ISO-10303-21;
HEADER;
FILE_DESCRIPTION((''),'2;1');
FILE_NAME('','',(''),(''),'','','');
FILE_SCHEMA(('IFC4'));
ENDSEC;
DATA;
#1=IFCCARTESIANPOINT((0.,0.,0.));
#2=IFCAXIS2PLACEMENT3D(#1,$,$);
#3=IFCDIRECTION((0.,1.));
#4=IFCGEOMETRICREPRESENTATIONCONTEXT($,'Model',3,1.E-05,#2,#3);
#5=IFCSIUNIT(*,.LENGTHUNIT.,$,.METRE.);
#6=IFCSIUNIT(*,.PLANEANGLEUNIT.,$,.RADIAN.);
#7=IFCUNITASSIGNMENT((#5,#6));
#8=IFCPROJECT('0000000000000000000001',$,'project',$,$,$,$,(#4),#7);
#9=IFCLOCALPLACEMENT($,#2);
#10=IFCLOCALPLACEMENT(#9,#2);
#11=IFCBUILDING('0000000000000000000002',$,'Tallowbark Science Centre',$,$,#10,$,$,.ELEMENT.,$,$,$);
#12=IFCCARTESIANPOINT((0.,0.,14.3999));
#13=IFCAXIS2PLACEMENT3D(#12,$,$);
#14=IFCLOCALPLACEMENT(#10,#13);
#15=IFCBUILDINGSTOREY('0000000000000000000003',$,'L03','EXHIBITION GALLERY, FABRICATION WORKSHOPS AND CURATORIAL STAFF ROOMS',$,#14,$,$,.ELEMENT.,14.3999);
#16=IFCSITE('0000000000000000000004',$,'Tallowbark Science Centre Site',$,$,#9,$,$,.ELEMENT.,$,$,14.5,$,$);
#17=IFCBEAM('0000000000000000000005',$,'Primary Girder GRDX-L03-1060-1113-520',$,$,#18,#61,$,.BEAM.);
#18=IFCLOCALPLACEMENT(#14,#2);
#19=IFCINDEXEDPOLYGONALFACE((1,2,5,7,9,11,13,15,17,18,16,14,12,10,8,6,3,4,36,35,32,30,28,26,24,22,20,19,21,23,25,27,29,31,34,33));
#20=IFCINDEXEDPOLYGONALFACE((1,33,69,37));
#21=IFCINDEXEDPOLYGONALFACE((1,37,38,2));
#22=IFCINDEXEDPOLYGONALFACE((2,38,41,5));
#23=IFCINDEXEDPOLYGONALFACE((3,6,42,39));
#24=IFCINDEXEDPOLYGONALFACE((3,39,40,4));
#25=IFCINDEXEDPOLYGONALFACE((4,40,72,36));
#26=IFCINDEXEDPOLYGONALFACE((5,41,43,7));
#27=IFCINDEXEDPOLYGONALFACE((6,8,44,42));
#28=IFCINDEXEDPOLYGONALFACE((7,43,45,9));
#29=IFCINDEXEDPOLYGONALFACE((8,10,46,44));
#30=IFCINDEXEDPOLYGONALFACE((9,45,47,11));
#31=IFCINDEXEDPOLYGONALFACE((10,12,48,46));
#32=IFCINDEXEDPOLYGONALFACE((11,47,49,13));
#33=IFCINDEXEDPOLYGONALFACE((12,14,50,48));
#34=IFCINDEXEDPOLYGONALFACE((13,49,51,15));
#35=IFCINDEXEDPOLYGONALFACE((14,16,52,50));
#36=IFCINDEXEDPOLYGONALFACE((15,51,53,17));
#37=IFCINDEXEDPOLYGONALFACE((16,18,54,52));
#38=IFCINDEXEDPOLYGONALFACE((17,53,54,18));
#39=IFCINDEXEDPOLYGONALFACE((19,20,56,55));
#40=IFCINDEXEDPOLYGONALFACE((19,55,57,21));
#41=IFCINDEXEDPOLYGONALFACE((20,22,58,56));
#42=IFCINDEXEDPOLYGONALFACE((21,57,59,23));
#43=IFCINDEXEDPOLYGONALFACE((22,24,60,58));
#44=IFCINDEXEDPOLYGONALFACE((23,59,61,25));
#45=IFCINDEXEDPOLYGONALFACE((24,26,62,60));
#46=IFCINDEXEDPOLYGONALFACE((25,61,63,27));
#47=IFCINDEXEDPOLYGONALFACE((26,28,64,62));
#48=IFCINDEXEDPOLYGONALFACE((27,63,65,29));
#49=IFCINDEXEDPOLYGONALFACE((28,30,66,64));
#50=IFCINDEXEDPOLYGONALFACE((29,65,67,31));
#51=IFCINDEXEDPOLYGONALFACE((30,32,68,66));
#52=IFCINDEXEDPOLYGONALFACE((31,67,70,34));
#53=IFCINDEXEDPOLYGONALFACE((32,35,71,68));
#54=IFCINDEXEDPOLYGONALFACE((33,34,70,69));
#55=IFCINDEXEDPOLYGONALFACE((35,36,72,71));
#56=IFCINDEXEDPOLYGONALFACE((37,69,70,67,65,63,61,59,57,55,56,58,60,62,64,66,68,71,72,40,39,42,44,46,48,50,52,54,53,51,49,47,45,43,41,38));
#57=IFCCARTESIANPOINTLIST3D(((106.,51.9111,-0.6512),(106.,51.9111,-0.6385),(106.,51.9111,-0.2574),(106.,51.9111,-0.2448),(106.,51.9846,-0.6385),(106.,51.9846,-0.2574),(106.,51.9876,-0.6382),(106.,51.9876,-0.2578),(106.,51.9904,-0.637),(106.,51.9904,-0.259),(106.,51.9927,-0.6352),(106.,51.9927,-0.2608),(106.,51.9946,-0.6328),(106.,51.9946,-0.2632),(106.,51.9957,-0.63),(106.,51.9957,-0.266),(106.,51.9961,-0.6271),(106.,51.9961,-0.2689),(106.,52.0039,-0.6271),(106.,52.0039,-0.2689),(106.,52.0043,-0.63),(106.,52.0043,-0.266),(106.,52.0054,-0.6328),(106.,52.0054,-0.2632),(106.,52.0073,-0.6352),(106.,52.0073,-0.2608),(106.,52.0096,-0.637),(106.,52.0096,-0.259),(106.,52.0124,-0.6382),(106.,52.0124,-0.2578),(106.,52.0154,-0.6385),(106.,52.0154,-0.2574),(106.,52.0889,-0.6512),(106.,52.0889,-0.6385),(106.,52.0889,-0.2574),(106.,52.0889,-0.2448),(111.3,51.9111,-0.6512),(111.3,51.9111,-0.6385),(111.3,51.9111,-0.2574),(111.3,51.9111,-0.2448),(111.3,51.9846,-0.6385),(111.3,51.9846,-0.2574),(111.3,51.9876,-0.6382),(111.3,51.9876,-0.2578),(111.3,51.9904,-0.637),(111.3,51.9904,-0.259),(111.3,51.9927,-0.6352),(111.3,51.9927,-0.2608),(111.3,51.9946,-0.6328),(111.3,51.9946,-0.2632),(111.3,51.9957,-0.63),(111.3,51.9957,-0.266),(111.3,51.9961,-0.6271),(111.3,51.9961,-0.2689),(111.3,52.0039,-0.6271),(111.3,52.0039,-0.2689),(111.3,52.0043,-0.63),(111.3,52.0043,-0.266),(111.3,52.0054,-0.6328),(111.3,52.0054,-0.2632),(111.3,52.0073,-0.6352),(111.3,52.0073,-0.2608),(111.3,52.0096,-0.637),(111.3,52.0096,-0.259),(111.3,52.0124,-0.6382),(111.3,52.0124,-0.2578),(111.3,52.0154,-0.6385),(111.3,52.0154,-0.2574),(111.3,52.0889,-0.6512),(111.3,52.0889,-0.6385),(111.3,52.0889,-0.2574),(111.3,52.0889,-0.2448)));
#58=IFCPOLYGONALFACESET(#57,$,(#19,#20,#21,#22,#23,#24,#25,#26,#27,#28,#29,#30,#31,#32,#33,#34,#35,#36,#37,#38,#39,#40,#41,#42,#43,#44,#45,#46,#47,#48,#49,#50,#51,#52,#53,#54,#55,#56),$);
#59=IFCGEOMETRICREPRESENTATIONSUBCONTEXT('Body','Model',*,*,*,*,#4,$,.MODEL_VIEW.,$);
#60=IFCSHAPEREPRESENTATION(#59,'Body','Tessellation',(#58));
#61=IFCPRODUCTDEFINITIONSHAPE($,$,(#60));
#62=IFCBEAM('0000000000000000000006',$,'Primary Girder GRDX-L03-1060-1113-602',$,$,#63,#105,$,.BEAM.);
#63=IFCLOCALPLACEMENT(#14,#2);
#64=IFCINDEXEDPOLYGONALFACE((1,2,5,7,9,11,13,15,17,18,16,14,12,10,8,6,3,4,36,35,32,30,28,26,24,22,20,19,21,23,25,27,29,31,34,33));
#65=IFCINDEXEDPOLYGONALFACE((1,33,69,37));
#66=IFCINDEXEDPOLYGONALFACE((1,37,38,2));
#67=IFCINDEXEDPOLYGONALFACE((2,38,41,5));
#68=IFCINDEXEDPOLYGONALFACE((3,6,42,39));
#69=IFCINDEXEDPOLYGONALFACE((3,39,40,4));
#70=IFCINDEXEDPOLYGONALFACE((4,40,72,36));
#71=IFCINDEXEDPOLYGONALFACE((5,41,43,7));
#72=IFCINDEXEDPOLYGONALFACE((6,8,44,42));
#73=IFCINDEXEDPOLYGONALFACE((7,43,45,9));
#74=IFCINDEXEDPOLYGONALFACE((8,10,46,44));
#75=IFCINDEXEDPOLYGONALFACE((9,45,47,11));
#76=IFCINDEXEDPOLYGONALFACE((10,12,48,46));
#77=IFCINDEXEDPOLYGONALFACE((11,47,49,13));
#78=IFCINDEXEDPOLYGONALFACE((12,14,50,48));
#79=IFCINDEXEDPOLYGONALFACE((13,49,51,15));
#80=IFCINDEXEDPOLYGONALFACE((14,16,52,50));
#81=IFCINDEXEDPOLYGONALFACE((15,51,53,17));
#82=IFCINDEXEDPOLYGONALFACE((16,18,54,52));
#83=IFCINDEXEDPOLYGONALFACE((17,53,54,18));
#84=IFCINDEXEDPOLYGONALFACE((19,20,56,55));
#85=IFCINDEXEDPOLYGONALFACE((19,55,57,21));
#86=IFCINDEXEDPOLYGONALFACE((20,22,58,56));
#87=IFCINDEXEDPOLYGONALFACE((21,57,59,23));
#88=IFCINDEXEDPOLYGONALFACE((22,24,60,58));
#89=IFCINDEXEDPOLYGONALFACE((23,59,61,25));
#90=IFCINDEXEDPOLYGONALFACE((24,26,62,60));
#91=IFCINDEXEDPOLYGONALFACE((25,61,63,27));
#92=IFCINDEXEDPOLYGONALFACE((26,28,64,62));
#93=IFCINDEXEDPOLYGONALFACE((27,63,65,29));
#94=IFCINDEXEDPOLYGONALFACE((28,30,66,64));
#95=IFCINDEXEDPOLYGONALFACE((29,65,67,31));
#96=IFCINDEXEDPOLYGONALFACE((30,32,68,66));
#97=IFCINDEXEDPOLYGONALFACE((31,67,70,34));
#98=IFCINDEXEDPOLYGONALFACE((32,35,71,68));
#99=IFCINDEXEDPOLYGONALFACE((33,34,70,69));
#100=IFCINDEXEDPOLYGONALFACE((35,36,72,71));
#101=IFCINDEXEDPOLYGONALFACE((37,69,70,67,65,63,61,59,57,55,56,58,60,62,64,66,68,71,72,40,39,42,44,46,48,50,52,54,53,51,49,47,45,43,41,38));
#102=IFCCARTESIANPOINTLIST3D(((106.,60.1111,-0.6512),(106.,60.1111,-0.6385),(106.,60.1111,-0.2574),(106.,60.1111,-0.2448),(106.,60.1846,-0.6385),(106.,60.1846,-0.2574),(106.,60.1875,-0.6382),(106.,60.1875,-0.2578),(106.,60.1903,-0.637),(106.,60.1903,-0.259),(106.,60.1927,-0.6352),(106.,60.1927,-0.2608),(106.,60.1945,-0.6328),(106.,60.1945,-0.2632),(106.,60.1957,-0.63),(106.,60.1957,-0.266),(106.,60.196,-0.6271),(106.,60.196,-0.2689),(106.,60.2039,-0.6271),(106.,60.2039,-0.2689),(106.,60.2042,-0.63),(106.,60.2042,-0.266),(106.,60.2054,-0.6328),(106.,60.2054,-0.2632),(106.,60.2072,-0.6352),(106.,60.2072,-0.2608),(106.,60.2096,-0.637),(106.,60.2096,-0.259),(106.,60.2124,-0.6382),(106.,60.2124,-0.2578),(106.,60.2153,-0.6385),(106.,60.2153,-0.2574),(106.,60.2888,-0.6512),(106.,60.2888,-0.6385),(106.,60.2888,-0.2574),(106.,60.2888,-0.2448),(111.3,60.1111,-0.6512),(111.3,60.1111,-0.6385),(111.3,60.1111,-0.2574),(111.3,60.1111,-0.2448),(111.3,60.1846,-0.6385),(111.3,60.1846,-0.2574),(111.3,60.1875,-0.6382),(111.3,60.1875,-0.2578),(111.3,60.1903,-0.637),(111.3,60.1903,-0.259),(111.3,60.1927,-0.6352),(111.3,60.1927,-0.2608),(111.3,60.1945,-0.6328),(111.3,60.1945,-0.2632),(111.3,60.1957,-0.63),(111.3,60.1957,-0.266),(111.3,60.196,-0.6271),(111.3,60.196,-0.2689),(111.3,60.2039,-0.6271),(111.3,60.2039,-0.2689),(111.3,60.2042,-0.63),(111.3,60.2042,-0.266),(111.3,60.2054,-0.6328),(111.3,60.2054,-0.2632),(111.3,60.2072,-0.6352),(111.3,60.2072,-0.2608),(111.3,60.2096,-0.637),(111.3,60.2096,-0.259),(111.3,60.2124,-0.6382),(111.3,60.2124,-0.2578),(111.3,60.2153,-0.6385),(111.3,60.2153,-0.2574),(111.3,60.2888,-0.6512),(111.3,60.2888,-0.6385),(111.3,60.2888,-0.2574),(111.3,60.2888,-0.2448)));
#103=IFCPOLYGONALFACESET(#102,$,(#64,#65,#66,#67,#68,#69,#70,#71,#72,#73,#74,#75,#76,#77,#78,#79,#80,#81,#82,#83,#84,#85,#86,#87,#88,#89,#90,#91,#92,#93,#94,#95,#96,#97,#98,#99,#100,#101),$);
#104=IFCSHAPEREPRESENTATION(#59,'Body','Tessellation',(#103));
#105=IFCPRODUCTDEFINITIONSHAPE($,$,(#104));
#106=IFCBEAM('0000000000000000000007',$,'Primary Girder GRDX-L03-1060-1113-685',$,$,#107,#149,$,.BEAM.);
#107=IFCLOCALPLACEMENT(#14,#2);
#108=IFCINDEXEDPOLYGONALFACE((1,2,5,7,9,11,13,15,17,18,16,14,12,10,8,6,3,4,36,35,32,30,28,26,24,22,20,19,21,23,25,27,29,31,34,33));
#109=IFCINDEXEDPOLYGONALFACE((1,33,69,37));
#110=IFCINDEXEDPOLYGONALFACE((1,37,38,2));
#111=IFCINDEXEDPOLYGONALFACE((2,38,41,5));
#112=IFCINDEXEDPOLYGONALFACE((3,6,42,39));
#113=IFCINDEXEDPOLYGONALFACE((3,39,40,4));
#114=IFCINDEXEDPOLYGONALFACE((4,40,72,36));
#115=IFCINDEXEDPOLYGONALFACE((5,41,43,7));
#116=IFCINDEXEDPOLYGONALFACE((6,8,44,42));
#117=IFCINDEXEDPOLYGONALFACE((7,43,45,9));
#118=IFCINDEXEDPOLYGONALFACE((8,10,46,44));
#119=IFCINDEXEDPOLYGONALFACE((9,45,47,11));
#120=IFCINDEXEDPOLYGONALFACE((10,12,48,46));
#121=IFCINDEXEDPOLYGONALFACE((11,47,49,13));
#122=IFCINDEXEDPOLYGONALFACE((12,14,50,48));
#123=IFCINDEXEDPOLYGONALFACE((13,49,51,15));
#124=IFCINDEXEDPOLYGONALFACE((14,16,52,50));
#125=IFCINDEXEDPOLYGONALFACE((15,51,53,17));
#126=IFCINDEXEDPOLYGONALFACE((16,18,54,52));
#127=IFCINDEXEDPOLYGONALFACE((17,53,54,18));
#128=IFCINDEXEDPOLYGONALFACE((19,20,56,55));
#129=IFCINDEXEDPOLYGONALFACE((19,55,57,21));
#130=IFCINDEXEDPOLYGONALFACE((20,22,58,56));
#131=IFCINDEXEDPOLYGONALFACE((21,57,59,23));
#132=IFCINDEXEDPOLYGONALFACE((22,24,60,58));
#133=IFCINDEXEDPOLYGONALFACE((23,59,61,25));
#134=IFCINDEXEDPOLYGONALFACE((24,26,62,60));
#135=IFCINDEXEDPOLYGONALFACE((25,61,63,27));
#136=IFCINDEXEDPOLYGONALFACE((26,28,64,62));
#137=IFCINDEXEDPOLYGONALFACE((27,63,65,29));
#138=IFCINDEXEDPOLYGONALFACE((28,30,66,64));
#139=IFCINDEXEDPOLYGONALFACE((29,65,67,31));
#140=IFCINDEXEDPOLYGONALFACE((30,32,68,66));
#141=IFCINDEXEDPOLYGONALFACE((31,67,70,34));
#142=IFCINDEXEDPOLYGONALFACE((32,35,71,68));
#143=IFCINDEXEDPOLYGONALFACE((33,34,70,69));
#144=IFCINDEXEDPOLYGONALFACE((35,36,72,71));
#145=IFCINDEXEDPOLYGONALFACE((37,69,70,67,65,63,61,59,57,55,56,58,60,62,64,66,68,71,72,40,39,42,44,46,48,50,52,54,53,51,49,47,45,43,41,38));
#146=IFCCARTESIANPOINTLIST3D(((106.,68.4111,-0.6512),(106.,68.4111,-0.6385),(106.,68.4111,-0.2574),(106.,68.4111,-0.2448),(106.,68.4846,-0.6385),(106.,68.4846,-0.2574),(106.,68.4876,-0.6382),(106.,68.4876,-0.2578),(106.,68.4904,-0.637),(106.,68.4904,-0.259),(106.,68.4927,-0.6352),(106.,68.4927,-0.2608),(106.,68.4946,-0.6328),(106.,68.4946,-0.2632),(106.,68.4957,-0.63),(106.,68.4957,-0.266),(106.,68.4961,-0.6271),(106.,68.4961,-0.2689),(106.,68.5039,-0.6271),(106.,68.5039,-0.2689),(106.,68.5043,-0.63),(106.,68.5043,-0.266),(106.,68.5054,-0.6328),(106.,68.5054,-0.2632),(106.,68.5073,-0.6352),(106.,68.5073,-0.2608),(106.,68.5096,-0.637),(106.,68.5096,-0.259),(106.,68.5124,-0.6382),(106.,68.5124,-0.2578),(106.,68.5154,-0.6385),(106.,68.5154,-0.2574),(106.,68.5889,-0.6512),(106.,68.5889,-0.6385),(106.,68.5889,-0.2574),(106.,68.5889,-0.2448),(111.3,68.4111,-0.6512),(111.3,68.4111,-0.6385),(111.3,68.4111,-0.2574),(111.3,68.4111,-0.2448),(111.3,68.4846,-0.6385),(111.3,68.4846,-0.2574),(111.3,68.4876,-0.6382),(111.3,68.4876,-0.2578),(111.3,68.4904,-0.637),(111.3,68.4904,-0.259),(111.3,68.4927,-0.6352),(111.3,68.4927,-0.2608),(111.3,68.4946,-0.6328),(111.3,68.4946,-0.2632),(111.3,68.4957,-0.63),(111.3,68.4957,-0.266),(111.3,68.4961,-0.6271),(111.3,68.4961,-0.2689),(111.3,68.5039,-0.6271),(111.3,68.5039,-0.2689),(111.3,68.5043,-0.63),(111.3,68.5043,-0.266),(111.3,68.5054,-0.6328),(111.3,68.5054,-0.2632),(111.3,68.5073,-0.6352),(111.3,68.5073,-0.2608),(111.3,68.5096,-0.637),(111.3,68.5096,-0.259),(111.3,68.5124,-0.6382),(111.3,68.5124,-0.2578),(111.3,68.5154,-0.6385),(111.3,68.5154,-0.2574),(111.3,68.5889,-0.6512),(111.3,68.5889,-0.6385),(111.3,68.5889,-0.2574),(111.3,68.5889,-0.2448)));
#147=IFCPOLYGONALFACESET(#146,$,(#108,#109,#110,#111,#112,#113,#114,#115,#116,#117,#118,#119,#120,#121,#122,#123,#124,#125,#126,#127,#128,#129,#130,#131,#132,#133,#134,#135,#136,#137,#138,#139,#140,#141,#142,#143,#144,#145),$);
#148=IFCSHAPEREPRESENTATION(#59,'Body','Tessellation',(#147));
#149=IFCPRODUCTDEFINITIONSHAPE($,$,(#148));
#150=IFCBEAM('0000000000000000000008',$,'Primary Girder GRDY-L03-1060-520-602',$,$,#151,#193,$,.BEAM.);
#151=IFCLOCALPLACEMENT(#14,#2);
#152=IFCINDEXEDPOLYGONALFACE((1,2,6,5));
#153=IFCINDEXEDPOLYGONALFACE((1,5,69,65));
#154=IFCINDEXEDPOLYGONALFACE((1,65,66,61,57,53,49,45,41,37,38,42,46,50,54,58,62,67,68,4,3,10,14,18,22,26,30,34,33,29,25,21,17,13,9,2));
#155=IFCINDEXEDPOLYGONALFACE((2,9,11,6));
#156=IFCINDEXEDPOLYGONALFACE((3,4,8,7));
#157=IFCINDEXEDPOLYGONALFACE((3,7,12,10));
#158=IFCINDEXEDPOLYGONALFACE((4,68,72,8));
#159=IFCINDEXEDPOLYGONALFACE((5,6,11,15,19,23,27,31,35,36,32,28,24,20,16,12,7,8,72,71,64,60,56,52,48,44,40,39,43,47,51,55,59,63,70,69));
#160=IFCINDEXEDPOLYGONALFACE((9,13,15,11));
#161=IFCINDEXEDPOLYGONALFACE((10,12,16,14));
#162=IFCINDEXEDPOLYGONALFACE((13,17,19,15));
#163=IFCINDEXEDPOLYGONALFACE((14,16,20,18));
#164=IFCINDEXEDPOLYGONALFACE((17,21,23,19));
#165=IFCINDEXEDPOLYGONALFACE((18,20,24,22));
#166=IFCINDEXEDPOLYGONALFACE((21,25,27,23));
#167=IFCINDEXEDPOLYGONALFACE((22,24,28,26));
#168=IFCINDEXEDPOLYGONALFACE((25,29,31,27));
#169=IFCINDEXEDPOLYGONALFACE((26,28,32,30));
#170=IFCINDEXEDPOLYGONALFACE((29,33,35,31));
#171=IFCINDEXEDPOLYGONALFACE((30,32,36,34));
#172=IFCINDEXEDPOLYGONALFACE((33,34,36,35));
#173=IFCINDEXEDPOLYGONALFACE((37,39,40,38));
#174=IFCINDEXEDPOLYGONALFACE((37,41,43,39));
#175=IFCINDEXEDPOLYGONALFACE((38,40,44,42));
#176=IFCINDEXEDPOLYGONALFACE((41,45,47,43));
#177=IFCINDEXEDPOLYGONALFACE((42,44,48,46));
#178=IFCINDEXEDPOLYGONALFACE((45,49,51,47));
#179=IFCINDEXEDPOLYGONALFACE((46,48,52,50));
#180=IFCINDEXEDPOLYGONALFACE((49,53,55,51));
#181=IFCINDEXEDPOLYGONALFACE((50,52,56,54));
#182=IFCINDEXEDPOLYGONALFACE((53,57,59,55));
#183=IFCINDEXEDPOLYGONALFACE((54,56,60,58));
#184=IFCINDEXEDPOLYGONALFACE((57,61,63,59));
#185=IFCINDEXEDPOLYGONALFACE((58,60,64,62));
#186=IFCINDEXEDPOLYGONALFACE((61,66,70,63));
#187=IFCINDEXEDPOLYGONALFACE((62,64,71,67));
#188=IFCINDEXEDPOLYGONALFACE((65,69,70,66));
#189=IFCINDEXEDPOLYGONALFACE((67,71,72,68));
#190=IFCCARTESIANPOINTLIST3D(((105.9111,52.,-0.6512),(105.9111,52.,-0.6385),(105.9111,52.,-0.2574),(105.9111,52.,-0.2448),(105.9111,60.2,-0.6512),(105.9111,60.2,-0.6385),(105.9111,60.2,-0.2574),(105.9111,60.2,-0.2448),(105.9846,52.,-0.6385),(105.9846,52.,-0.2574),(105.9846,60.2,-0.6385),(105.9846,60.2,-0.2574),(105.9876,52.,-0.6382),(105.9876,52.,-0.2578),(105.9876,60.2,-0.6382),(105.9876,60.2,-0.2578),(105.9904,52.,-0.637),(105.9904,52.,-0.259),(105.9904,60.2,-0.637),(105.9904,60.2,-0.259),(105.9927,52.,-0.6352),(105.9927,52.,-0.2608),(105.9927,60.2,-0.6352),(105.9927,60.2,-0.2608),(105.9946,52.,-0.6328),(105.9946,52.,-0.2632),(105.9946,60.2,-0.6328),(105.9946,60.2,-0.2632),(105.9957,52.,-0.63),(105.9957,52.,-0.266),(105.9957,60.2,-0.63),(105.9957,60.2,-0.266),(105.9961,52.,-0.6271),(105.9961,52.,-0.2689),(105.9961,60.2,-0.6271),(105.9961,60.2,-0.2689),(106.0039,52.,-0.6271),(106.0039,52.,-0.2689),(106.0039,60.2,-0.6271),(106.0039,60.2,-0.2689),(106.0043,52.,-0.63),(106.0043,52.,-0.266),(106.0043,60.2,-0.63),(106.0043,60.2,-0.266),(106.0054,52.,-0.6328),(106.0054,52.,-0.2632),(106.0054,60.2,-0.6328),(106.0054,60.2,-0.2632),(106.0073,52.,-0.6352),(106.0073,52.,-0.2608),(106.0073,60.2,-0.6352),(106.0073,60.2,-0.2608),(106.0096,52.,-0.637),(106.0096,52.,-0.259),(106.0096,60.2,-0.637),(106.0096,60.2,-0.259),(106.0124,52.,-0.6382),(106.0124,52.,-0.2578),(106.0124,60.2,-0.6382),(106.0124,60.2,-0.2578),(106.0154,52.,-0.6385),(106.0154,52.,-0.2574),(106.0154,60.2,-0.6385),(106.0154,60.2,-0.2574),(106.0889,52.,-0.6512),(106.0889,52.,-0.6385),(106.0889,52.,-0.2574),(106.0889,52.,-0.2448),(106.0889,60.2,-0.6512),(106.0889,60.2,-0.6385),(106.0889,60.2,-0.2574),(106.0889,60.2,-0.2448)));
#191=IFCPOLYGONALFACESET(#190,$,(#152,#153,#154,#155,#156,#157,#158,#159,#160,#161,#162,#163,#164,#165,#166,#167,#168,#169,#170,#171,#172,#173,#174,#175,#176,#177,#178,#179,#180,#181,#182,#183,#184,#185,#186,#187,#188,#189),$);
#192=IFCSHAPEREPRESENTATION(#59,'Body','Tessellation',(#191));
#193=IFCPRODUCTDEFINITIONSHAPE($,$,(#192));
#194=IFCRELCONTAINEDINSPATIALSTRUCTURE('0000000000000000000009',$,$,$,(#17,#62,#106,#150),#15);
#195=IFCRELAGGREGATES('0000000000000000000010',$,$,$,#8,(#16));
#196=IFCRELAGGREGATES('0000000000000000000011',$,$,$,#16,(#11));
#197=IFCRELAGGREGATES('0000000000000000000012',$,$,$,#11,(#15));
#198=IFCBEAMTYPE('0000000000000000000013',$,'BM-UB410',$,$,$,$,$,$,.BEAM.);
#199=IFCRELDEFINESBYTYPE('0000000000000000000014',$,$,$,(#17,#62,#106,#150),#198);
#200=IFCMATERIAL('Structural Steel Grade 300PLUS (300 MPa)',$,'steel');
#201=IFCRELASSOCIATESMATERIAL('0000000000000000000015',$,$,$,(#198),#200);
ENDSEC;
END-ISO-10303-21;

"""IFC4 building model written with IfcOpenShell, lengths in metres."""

from ifc_helpers import new_model, si_unit, direction, frame, origin, origin_2d, place, context, subcontext, project, spatial, i_section, extrude, material, material_profile, profile_set, type_object, element, save


model = new_model("IFC4")

# Units and contexts
model_context = context("Model", 3, precision=1e-05, world=origin(), true_north=direction((0.0, 1.0)))
body_context = subcontext(model_context, "Body", "Model", "MODEL_VIEW")
ifc_project = project(units=[si_unit("LENGTHUNIT", "METRE"), si_unit("PLANEANGLEUNIT", "RADIAN")], contexts=[model_context])

# Site, building, storey
site_placement = place(None, origin())
site = spatial("IfcSite", under=ifc_project, at=site_placement, Name="Tallowbark Science Centre Site", CompositionType="ELEMENT", RefElevation=14.5)
building_placement = place(site_placement, origin())
building = spatial("IfcBuilding", under=site, at=building_placement, Name="Tallowbark Science Centre", CompositionType="ELEMENT")
storey_placement = place(building_placement, frame((0.0, 0.0, 14.3999)))
storey = spatial("IfcBuildingStorey", under=building, at=storey_placement, Name="L03", Description="EXHIBITION GALLERY, FABRICATION WORKSHOPS AND CURATORIAL STAFF ROOMS", CompositionType="ELEMENT", Elevation=14.3999)

# Beams
ifc_material_1 = material(Name="Structural Steel Grade 300PLUS (300 MPa)", Category="steel")
ifc_material_profile = material_profile(ifc_material_1, i_section(OverallWidth=0.1777, OverallDepth=0.4065, WebThickness=0.0078, FlangeThickness=0.0127, FilletRadius=0.0115, at=origin_2d()), Name="410UB59.7")
ifc_profile_set = profile_set([ifc_material_profile], Name="Structural Steel Grade 300PLUS (300 MPa)")
beam_type = type_object("IfcBeamType", Name="BM-UB410", PredefinedType="BEAM", material=ifc_profile_set)
for number, where, z_axis, x_axis, name in (
    (1, (106.0, 52.0, -0.448), (1.0, 0.0, 0.0), (0.0, 1.0, 0.0), "Primary Girder GRDX-L03-1060-1113-520"),
    (2, (106.0, 60.2, -0.448), (1.0, 0.0, 0.0), (0.0, 1.0, 0.0), "Primary Girder GRDX-L03-1060-1113-602"),
    (3, (106.0, 68.5, -0.448), (1.0, 0.0, 0.0), (0.0, 1.0, 0.0), "Primary Girder GRDX-L03-1060-1113-685"),
):
    element("IfcBeam", number, at=place(storey_placement, frame(where, z_axis=z_axis, x_axis=x_axis)), inside=storey, type_object=beam_type, Name=name, PredefinedType="BEAM", context=body_context, shape_type="SweptSolid", body=[
        extrude(i_section(OverallWidth=0.1777, OverallDepth=0.4065, WebThickness=0.0078, FlangeThickness=0.0127, FilletRadius=0.0115, at=origin_2d()), origin(), (0.0, 0.0, 1.0), 5.3),
    ])
beam_1_placement = place(storey_placement, frame((106.0, 52.0, -0.448), z_axis=(0.0, 1.0, 0.0), x_axis=(-1.0, 0.0, 0.0)))
element("IfcBeam", 4, at=beam_1_placement, inside=storey, type_object=beam_type, Name="Primary Girder GRDY-L03-1060-520-602", PredefinedType="BEAM", context=body_context, shape_type="SweptSolid", body=[
    extrude(i_section(OverallWidth=0.1777, OverallDepth=0.4065, WebThickness=0.0078, FlangeThickness=0.0127, FilletRadius=0.0115, at=origin_2d()), origin(), (0.0, 0.0, 1.0), 8.2),
])

save(model, "model.ifc")
